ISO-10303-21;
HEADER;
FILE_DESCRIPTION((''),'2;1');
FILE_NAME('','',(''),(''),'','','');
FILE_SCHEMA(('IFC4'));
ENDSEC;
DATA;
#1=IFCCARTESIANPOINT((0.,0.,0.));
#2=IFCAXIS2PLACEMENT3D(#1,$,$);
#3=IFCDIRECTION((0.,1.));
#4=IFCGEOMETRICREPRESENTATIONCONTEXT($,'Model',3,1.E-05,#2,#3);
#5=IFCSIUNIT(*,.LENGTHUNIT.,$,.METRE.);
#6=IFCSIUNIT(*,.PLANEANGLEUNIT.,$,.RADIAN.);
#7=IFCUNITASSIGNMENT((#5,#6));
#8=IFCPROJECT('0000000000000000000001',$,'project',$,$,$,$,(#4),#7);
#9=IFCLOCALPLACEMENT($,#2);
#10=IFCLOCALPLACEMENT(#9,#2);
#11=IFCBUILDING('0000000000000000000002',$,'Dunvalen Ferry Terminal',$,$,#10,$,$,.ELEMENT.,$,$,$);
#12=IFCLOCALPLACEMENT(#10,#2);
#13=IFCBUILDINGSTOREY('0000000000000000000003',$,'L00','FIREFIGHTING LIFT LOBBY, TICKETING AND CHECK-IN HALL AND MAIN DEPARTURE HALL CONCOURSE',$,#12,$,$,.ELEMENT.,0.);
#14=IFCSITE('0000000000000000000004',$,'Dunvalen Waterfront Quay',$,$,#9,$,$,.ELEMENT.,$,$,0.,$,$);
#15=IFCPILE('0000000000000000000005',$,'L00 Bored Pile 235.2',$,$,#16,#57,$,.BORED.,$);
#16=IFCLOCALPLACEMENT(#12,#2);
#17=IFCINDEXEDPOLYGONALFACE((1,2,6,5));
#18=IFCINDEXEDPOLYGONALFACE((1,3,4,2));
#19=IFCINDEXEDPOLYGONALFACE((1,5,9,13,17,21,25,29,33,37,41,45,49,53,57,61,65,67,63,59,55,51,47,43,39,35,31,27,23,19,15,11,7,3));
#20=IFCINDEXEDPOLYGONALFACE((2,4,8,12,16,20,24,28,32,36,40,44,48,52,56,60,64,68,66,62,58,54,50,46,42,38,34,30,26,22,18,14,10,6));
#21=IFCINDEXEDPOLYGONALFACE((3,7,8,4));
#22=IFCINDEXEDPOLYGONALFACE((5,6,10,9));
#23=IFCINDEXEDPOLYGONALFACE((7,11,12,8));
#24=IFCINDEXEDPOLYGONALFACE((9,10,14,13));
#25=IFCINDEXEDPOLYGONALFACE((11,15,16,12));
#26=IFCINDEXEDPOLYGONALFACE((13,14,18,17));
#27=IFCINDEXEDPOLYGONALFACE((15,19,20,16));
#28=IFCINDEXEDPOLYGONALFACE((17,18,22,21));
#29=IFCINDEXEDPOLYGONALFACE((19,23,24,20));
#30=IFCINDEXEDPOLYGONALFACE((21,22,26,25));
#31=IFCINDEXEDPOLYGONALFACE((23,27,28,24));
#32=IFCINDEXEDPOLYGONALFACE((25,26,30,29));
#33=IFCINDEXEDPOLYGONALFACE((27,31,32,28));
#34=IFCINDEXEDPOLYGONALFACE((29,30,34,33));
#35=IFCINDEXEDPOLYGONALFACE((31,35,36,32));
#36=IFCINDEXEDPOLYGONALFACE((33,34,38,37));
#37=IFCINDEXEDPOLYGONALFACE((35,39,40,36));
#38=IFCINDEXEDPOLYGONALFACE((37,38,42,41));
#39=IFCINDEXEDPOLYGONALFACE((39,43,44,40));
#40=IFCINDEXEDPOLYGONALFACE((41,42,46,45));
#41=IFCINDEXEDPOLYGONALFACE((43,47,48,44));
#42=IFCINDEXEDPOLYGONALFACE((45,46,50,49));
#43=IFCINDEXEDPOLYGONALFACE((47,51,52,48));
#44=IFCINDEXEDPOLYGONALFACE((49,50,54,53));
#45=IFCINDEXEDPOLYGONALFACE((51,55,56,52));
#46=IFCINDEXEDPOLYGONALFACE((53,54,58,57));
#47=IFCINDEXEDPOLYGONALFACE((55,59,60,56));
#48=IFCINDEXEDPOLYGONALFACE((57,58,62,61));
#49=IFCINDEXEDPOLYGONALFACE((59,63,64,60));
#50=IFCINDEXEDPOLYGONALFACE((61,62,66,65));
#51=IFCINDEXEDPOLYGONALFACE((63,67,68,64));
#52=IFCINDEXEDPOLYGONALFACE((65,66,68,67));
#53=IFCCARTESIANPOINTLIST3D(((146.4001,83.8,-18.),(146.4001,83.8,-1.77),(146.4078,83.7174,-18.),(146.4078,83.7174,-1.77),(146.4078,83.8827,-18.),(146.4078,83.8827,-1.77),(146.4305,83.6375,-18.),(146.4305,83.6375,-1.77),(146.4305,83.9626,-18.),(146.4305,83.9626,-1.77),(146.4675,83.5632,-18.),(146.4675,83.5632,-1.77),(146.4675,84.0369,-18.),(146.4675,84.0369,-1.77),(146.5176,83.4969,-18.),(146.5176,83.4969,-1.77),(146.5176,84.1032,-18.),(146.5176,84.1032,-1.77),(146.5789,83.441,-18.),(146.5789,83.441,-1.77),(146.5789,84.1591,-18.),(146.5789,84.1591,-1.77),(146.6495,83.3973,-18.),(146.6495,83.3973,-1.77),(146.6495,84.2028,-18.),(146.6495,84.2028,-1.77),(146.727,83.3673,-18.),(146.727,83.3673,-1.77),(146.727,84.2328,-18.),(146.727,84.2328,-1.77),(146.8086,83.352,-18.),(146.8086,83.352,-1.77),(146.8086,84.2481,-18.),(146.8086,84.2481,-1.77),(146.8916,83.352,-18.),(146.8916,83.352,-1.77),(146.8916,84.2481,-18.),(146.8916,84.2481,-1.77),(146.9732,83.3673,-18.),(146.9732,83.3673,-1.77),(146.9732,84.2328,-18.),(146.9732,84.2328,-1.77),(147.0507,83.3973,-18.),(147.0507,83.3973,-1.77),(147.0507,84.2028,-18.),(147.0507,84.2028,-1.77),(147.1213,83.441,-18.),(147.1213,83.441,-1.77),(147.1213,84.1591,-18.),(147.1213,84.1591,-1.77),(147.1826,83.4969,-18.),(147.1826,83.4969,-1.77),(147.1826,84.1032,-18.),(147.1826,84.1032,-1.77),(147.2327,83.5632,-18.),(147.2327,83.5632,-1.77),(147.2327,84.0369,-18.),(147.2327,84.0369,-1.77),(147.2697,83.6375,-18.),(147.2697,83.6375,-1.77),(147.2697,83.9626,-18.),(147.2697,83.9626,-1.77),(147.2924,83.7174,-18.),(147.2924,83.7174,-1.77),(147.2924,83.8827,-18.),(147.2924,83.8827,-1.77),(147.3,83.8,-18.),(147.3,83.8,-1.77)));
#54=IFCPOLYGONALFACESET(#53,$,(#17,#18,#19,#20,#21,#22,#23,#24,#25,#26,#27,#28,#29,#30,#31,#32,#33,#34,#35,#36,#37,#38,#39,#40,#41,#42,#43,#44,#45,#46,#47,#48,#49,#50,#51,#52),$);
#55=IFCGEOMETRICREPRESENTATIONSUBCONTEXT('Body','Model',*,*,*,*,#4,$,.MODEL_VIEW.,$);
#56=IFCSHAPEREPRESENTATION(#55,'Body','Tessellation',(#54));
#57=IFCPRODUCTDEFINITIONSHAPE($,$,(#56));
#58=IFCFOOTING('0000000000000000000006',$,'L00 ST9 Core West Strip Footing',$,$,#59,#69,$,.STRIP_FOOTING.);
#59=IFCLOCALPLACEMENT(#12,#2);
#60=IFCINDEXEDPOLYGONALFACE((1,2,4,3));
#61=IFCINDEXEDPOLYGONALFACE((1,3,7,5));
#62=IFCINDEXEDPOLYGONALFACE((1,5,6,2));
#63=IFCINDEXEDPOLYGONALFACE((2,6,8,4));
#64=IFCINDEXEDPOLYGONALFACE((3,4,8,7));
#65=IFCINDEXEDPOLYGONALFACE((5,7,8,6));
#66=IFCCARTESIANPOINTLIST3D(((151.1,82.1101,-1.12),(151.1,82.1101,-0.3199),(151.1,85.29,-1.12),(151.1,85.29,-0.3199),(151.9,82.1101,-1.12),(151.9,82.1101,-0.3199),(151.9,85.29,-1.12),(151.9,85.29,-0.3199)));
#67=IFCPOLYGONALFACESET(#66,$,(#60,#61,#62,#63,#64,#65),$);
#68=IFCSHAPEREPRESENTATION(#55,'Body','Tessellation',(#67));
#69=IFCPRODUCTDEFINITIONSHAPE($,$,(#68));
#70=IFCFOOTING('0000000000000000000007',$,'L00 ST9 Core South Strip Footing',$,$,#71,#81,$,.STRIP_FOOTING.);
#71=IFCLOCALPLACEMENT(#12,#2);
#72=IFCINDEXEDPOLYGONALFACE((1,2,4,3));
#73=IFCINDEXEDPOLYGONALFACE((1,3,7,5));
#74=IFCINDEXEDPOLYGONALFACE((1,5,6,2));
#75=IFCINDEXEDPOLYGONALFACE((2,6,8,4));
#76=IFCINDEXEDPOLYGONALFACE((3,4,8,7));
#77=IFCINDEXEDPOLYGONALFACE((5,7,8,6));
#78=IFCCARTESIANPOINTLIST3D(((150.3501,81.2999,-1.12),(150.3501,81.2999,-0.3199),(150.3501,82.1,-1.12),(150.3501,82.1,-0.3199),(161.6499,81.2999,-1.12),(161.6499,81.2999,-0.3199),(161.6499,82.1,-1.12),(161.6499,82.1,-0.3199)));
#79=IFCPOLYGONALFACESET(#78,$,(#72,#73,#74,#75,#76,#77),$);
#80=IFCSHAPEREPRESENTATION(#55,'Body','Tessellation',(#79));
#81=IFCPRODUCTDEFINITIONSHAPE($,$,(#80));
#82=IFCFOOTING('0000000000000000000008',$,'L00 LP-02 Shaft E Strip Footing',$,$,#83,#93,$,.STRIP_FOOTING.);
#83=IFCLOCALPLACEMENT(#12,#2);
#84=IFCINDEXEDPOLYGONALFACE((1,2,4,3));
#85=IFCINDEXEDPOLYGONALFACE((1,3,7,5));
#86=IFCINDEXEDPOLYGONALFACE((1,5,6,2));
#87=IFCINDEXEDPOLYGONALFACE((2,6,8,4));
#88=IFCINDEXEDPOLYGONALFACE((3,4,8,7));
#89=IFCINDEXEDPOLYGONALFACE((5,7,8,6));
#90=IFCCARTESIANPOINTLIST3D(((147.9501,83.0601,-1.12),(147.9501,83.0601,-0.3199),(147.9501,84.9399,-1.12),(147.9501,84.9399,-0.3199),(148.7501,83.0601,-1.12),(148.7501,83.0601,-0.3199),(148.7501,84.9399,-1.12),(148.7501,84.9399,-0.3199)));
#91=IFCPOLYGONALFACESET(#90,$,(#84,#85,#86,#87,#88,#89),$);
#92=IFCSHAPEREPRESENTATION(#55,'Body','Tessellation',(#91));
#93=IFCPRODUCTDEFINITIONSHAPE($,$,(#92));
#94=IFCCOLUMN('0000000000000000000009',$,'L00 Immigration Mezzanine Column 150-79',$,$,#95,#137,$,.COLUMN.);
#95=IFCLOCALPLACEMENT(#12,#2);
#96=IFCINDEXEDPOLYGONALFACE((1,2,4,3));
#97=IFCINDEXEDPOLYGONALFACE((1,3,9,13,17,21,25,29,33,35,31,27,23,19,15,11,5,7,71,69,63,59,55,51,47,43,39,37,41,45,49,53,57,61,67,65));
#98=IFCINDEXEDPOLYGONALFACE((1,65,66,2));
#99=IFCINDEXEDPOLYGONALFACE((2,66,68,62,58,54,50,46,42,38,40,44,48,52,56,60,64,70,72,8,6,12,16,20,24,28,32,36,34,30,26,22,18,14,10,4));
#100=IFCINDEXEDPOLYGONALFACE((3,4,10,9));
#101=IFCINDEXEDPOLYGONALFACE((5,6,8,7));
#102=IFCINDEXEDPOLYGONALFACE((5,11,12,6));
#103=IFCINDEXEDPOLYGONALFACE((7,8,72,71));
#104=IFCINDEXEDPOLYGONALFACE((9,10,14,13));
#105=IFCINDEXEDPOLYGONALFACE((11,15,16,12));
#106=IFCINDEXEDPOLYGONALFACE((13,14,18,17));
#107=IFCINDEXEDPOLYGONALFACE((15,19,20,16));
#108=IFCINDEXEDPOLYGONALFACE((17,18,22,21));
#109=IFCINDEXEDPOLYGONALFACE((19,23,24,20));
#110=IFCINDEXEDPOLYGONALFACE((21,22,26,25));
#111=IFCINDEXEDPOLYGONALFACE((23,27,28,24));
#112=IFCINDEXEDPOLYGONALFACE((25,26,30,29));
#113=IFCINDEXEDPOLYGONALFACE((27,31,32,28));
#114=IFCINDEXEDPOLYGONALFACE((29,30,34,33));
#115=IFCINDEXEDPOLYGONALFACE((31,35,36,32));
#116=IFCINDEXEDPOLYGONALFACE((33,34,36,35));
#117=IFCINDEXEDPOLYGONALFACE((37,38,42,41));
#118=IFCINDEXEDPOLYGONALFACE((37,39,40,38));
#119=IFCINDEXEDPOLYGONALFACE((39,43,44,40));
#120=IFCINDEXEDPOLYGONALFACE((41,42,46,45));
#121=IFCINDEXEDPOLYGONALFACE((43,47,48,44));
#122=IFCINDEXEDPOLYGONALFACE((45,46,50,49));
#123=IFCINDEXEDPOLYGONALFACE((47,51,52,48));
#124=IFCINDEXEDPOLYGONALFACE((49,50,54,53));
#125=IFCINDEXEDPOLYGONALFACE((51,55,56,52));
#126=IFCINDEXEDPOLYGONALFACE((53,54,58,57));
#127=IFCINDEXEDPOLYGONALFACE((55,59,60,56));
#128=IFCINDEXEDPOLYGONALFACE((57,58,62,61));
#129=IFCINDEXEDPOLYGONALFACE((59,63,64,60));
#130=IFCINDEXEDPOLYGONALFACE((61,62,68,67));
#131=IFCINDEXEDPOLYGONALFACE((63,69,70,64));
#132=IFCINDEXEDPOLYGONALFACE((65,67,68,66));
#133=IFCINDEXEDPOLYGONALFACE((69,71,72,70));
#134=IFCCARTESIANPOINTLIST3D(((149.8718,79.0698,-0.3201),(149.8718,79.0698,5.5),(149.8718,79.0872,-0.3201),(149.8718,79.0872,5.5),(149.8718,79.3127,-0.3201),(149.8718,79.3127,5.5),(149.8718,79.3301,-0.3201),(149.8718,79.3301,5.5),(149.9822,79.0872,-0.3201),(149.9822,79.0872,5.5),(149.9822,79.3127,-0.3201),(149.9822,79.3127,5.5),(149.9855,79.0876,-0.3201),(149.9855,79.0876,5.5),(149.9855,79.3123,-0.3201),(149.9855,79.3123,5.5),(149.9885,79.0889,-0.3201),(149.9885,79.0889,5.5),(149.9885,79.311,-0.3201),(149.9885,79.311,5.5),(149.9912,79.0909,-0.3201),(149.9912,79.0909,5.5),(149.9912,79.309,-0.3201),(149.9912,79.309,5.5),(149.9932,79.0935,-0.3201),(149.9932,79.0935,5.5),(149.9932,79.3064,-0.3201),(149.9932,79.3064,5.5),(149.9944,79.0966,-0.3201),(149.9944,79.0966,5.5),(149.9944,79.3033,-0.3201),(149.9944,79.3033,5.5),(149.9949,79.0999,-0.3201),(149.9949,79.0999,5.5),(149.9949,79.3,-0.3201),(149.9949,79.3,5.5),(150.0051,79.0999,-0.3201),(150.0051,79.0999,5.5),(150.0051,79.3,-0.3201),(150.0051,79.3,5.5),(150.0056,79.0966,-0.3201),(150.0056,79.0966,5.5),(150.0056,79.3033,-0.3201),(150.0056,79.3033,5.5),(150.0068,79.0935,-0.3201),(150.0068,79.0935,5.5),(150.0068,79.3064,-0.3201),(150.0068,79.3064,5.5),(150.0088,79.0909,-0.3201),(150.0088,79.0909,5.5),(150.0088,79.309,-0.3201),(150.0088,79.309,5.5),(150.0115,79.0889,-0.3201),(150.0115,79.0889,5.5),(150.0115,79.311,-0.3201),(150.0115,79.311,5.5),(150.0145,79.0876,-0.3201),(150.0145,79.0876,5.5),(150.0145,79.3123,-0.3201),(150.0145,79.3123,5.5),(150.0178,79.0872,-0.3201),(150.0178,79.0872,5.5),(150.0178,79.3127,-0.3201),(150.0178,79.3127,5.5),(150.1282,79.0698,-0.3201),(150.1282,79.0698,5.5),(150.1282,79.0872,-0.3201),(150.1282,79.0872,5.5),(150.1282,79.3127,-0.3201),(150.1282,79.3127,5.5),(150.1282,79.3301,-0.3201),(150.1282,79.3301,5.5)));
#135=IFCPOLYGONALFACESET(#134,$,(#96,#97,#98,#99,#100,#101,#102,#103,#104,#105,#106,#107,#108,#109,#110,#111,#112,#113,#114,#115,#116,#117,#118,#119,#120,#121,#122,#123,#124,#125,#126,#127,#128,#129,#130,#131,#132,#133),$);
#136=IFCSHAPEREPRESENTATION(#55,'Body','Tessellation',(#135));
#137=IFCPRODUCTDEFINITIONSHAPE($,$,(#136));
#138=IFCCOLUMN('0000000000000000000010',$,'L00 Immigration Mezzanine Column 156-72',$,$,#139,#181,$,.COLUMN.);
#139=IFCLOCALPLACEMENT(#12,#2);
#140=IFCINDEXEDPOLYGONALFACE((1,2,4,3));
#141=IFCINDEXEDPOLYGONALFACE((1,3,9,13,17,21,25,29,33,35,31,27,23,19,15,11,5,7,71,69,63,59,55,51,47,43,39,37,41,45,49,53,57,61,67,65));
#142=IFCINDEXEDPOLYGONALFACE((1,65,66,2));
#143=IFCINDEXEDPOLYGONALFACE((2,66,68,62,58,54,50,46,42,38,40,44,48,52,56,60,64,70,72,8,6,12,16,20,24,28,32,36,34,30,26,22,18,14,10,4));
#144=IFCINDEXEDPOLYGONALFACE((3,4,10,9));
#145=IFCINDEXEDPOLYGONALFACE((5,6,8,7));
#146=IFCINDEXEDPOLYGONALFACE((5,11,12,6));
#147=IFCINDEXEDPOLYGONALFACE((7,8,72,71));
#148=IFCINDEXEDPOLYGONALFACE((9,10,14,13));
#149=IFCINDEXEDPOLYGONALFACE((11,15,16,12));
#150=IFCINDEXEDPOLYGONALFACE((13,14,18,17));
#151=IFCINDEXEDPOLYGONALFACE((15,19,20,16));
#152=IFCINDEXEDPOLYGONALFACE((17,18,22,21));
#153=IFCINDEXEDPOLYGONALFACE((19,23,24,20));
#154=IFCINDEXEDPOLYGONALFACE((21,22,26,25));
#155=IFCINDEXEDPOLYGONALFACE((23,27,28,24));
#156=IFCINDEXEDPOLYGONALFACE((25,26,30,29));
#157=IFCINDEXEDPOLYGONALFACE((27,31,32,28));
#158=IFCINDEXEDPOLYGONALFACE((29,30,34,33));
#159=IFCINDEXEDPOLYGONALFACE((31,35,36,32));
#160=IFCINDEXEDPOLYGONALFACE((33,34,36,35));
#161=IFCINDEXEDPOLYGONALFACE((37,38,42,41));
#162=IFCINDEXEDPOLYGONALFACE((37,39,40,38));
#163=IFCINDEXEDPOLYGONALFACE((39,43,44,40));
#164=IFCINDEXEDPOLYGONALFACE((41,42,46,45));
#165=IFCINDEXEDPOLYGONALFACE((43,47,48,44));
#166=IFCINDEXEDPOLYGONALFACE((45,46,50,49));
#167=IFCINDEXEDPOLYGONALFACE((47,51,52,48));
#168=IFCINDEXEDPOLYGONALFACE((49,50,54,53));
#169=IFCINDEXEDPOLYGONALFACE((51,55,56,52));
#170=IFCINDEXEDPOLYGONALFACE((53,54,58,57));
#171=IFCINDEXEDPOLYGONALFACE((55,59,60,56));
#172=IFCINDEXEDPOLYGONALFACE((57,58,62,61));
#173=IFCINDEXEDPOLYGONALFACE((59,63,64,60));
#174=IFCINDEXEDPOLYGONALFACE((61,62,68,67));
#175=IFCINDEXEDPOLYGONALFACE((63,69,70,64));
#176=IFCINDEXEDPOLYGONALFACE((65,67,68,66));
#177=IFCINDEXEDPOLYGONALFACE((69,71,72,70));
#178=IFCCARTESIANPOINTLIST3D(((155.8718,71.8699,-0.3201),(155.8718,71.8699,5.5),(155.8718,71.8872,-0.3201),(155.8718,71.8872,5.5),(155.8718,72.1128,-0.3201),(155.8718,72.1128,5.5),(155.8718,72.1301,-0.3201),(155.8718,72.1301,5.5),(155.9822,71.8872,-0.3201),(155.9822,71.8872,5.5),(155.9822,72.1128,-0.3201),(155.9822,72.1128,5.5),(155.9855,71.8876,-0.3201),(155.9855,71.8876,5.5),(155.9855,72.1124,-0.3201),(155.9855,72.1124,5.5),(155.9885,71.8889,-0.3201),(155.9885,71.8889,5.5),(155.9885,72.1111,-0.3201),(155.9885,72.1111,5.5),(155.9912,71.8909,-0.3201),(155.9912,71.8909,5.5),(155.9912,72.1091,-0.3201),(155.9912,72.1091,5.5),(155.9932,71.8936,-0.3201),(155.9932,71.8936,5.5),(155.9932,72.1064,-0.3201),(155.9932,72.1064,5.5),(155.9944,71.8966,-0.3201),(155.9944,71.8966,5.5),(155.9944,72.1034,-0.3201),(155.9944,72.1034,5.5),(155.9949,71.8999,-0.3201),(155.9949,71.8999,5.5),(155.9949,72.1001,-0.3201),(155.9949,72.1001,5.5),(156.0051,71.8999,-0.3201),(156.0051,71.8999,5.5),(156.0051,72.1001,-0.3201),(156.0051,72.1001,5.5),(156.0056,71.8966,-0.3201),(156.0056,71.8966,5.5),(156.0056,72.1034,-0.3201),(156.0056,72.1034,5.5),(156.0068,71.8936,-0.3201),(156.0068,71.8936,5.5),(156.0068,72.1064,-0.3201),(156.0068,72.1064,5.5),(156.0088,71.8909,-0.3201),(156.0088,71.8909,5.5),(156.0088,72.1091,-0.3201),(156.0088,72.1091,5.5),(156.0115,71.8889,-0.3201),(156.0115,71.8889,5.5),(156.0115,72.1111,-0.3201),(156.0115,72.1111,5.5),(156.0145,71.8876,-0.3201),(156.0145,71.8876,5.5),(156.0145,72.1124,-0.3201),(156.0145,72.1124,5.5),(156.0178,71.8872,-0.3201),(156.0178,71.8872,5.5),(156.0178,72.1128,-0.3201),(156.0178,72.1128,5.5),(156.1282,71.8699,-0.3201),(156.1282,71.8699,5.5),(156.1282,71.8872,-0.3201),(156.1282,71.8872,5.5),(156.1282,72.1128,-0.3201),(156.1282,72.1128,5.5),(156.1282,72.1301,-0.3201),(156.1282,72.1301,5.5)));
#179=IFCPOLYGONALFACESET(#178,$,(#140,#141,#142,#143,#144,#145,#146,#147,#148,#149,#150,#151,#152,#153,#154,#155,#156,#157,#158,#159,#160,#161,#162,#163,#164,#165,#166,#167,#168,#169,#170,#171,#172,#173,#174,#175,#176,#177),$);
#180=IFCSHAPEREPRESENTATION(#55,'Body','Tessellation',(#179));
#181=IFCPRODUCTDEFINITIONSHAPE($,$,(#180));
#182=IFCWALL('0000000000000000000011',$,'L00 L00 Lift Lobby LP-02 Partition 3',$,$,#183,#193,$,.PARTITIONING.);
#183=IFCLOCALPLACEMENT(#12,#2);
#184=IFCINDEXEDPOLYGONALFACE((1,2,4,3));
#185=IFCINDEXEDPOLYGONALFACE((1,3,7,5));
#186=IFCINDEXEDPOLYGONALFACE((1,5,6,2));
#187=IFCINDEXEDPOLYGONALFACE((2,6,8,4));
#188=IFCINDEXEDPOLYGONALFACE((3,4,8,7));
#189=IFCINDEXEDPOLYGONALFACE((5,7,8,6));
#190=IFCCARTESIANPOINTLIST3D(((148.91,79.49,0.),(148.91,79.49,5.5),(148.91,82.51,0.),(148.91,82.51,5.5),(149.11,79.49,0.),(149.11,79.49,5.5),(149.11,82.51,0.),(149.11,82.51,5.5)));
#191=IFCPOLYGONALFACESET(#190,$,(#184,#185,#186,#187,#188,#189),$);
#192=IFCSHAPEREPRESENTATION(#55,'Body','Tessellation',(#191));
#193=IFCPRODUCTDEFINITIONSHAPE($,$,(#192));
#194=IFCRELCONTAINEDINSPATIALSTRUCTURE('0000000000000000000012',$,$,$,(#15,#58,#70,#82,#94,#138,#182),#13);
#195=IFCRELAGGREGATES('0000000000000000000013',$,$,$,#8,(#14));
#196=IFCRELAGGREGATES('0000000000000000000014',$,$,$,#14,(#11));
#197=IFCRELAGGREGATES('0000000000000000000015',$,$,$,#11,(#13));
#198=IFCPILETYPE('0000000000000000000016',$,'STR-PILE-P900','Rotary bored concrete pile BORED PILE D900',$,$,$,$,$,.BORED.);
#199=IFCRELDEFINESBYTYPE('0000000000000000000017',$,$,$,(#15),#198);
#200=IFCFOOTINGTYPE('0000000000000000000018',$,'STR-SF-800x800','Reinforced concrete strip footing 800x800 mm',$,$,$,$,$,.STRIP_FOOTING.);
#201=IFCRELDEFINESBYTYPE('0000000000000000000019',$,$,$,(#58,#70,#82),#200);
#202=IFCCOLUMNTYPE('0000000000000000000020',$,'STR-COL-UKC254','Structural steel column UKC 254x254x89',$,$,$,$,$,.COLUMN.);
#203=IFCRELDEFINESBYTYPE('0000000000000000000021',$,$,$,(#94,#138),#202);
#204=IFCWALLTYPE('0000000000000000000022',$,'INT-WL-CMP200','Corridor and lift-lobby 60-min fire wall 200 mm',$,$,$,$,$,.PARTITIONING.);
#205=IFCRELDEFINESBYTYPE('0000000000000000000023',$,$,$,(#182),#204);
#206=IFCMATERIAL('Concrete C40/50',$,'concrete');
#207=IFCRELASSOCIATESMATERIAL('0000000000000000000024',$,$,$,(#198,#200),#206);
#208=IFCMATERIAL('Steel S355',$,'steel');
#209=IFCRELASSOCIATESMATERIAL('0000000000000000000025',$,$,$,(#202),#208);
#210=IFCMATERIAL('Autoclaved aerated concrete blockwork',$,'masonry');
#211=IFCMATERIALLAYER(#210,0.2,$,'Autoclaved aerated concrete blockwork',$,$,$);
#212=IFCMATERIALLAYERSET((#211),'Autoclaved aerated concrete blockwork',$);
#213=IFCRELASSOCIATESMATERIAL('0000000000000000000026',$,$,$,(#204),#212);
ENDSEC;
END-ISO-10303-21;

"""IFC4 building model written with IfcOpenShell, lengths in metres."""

from ifc_helpers import new_model, si_unit, direction, frame, frame_2d, origin, origin_2d, place, context, subcontext, project, spatial, rectangle, circle, i_section, extrude, material, layer, layer_set, material_profile, profile_set, type_object, element, save


model = new_model("IFC4")

# Units and contexts
model_context = context("Model", 3, precision=1e-05, world=origin(), true_north=direction((0.0, 1.0)))
body_context = subcontext(model_context, "Body", "Model", "MODEL_VIEW")
ifc_project = project(units=[si_unit("LENGTHUNIT", "METRE"), si_unit("PLANEANGLEUNIT", "RADIAN")], contexts=[model_context])

# Site, building, storey
site_placement = place(None, origin())
site = spatial("IfcSite", under=ifc_project, at=site_placement, Name="Dunvalen Waterfront Quay", CompositionType="ELEMENT", RefElevation=0.0)
building_placement = place(site_placement, origin())
building = spatial("IfcBuilding", under=site, at=building_placement, Name="Dunvalen Ferry Terminal", CompositionType="ELEMENT")
storey_placement = place(building_placement, origin())
storey = spatial("IfcBuildingStorey", under=building, at=storey_placement, Name="L00", Description="FIREFIGHTING LIFT LOBBY, TICKETING AND CHECK-IN HALL AND MAIN DEPARTURE HALL CONCOURSE", CompositionType="ELEMENT", Elevation=0.0)

# Shared definitions
ifc_material_1 = material(Name="Concrete C40/50", Category="concrete")

# Pile
ifc_material_profile_1 = material_profile(ifc_material_1, circle(Radius=0.45, at=origin_2d()), Name="Concrete C40/50")
ifc_profile_set_1 = profile_set([ifc_material_profile_1], Name="Concrete C40/50")
pile_type_1 = type_object("IfcPileType", Name="STR-PILE-P900", Description="Rotary bored concrete pile BORED PILE D900", PredefinedType="BORED", material=ifc_profile_set_1)
pile_1_placement = place(storey_placement, frame((146.8501, 83.8, -1.77), z_axis=(0.0, 0.0, -1.0), x_axis=(1.0, 0.0, 0.0)))
element("IfcPile", 1, at=pile_1_placement, inside=storey, type_object=pile_type_1, Name="L00 Bored Pile 235.2", PredefinedType="BORED", context=body_context, shape_type="SweptSolid", body=[
    extrude(circle(Radius=0.45, at=origin_2d()), origin(), (0.0, 0.0, 1.0), 16.23),
])

# Footings
ifc_material_profile_2 = material_profile(ifc_material_1, rectangle(XDim=0.8, YDim=0.8, at=origin_2d()), Name="Concrete C40/50")
ifc_profile_set_2 = profile_set([ifc_material_profile_2], Name="Concrete C40/50")
footing_type_1 = type_object("IfcFootingType", Name="STR-SF-800x800", Description="Reinforced concrete strip footing 800x800 mm", PredefinedType="STRIP_FOOTING", material=ifc_profile_set_2)
footing_1_placement = place(storey_placement, frame((151.5, 82.1101, -0.72), z_axis=(0.0, 1.0, 0.0), x_axis=(-1.0, 0.0, 0.0)))
element("IfcFooting", 2, at=footing_1_placement, inside=storey, type_object=footing_type_1, Name="L00 ST9 Core West Strip Footing", PredefinedType="STRIP_FOOTING", context=body_context, shape_type="SweptSolid", body=[
    extrude(rectangle(XDim=0.8, YDim=0.8, at=origin_2d()), origin(), (0.0, 0.0, 1.0), 3.1799),
])
footing_2_placement = place(storey_placement, frame((150.3501, 81.7, -0.72), z_axis=(1.0, 0.0, 0.0), x_axis=(0.0, 1.0, 0.0)))
element("IfcFooting", 3, at=footing_2_placement, inside=storey, type_object=footing_type_1, Name="L00 ST9 Core South Strip Footing", PredefinedType="STRIP_FOOTING", context=body_context, shape_type="SweptSolid", body=[
    extrude(rectangle(XDim=0.8, YDim=0.8, at=origin_2d()), origin(), (0.0, 0.0, 1.0), 11.2998),
])
footing_3_placement = place(storey_placement, frame((148.3501, 83.0601, -0.72), z_axis=(0.0, 1.0, 0.0), x_axis=(-1.0, 0.0, 0.0)))
element("IfcFooting", 4, at=footing_3_placement, inside=storey, type_object=footing_type_1, Name="L00 LP-02 Shaft E Strip Footing", PredefinedType="STRIP_FOOTING", context=body_context, shape_type="SweptSolid", body=[
    extrude(rectangle(XDim=0.8, YDim=0.8, at=origin_2d()), origin(), (0.0, 0.0, 1.0), 1.8799),
])

# Columns
ifc_material_2 = material(Name="Steel S355", Category="steel")
ifc_material_profile_3 = material_profile(ifc_material_2, i_section(OverallWidth=0.2563, OverallDepth=0.2603, WebThickness=0.0103, FlangeThickness=0.0173, FilletRadius=0.0127, at=origin_2d()), Name="Steel S355")
ifc_profile_set_3 = profile_set([ifc_material_profile_3], Name="Steel S355")
column_type = type_object("IfcColumnType", Name="STR-COL-UKC254", Description="Structural steel column UKC 254x254x89", PredefinedType="COLUMN", material=ifc_profile_set_3)
for number, where, z_axis, x_axis, name in (
    (5, (150.0, 79.2, -0.3201), (0.0, 0.0, 1.0), (1.0, 0.0, 0.0), "L00 Immigration Mezzanine Column 150-79"),
    (6, (156.0, 72.0, -0.3201), (0.0, 0.0, 1.0), (1.0, 0.0, 0.0), "L00 Immigration Mezzanine Column 156-72"),
):
    element("IfcColumn", number, at=place(storey_placement, frame(where, z_axis=z_axis, x_axis=x_axis)), inside=storey, type_object=column_type, Name=name, PredefinedType="COLUMN", context=body_context, shape_type="SweptSolid", body=[
        extrude(i_section(OverallWidth=0.2563, OverallDepth=0.2603, WebThickness=0.0103, FlangeThickness=0.0173, FilletRadius=0.0127, at=origin_2d()), origin(), (0.0, 0.0, 1.0), 5.8201),
    ])

# Wall
ifc_material_3 = material(Name="Autoclaved aerated concrete blockwork", Category="masonry")
ifc_layer_1 = layer(ifc_material_3, 0.2, Name="Autoclaved aerated concrete blockwork")
ifc_layer_set_1 = layer_set([ifc_layer_1], Name="Autoclaved aerated concrete blockwork")
wall_type_1 = type_object("IfcWallType", Name="INT-WL-CMP200", Description="Corridor and lift-lobby 60-min fire wall 200 mm", PredefinedType="PARTITIONING", material=ifc_layer_set_1)
wall_1_placement = place(storey_placement, frame((149.01, 79.49, 0.0), z_axis=(0.0, 0.0, 1.0), x_axis=(0.0, 1.0, 0.0)))
element("IfcWall", 7, at=wall_1_placement, inside=storey, type_object=wall_type_1, Name="L00 L00 Lift Lobby LP-02 Partition 3", PredefinedType="PARTITIONING", context=body_context, shape_type="SweptSolid", body=[
    extrude(rectangle(XDim=3.02, YDim=0.2, at=frame_2d((1.51, 0.0))), origin(), (0.0, 0.0, 1.0), 5.5),
])

save(model, "model.ifc")
